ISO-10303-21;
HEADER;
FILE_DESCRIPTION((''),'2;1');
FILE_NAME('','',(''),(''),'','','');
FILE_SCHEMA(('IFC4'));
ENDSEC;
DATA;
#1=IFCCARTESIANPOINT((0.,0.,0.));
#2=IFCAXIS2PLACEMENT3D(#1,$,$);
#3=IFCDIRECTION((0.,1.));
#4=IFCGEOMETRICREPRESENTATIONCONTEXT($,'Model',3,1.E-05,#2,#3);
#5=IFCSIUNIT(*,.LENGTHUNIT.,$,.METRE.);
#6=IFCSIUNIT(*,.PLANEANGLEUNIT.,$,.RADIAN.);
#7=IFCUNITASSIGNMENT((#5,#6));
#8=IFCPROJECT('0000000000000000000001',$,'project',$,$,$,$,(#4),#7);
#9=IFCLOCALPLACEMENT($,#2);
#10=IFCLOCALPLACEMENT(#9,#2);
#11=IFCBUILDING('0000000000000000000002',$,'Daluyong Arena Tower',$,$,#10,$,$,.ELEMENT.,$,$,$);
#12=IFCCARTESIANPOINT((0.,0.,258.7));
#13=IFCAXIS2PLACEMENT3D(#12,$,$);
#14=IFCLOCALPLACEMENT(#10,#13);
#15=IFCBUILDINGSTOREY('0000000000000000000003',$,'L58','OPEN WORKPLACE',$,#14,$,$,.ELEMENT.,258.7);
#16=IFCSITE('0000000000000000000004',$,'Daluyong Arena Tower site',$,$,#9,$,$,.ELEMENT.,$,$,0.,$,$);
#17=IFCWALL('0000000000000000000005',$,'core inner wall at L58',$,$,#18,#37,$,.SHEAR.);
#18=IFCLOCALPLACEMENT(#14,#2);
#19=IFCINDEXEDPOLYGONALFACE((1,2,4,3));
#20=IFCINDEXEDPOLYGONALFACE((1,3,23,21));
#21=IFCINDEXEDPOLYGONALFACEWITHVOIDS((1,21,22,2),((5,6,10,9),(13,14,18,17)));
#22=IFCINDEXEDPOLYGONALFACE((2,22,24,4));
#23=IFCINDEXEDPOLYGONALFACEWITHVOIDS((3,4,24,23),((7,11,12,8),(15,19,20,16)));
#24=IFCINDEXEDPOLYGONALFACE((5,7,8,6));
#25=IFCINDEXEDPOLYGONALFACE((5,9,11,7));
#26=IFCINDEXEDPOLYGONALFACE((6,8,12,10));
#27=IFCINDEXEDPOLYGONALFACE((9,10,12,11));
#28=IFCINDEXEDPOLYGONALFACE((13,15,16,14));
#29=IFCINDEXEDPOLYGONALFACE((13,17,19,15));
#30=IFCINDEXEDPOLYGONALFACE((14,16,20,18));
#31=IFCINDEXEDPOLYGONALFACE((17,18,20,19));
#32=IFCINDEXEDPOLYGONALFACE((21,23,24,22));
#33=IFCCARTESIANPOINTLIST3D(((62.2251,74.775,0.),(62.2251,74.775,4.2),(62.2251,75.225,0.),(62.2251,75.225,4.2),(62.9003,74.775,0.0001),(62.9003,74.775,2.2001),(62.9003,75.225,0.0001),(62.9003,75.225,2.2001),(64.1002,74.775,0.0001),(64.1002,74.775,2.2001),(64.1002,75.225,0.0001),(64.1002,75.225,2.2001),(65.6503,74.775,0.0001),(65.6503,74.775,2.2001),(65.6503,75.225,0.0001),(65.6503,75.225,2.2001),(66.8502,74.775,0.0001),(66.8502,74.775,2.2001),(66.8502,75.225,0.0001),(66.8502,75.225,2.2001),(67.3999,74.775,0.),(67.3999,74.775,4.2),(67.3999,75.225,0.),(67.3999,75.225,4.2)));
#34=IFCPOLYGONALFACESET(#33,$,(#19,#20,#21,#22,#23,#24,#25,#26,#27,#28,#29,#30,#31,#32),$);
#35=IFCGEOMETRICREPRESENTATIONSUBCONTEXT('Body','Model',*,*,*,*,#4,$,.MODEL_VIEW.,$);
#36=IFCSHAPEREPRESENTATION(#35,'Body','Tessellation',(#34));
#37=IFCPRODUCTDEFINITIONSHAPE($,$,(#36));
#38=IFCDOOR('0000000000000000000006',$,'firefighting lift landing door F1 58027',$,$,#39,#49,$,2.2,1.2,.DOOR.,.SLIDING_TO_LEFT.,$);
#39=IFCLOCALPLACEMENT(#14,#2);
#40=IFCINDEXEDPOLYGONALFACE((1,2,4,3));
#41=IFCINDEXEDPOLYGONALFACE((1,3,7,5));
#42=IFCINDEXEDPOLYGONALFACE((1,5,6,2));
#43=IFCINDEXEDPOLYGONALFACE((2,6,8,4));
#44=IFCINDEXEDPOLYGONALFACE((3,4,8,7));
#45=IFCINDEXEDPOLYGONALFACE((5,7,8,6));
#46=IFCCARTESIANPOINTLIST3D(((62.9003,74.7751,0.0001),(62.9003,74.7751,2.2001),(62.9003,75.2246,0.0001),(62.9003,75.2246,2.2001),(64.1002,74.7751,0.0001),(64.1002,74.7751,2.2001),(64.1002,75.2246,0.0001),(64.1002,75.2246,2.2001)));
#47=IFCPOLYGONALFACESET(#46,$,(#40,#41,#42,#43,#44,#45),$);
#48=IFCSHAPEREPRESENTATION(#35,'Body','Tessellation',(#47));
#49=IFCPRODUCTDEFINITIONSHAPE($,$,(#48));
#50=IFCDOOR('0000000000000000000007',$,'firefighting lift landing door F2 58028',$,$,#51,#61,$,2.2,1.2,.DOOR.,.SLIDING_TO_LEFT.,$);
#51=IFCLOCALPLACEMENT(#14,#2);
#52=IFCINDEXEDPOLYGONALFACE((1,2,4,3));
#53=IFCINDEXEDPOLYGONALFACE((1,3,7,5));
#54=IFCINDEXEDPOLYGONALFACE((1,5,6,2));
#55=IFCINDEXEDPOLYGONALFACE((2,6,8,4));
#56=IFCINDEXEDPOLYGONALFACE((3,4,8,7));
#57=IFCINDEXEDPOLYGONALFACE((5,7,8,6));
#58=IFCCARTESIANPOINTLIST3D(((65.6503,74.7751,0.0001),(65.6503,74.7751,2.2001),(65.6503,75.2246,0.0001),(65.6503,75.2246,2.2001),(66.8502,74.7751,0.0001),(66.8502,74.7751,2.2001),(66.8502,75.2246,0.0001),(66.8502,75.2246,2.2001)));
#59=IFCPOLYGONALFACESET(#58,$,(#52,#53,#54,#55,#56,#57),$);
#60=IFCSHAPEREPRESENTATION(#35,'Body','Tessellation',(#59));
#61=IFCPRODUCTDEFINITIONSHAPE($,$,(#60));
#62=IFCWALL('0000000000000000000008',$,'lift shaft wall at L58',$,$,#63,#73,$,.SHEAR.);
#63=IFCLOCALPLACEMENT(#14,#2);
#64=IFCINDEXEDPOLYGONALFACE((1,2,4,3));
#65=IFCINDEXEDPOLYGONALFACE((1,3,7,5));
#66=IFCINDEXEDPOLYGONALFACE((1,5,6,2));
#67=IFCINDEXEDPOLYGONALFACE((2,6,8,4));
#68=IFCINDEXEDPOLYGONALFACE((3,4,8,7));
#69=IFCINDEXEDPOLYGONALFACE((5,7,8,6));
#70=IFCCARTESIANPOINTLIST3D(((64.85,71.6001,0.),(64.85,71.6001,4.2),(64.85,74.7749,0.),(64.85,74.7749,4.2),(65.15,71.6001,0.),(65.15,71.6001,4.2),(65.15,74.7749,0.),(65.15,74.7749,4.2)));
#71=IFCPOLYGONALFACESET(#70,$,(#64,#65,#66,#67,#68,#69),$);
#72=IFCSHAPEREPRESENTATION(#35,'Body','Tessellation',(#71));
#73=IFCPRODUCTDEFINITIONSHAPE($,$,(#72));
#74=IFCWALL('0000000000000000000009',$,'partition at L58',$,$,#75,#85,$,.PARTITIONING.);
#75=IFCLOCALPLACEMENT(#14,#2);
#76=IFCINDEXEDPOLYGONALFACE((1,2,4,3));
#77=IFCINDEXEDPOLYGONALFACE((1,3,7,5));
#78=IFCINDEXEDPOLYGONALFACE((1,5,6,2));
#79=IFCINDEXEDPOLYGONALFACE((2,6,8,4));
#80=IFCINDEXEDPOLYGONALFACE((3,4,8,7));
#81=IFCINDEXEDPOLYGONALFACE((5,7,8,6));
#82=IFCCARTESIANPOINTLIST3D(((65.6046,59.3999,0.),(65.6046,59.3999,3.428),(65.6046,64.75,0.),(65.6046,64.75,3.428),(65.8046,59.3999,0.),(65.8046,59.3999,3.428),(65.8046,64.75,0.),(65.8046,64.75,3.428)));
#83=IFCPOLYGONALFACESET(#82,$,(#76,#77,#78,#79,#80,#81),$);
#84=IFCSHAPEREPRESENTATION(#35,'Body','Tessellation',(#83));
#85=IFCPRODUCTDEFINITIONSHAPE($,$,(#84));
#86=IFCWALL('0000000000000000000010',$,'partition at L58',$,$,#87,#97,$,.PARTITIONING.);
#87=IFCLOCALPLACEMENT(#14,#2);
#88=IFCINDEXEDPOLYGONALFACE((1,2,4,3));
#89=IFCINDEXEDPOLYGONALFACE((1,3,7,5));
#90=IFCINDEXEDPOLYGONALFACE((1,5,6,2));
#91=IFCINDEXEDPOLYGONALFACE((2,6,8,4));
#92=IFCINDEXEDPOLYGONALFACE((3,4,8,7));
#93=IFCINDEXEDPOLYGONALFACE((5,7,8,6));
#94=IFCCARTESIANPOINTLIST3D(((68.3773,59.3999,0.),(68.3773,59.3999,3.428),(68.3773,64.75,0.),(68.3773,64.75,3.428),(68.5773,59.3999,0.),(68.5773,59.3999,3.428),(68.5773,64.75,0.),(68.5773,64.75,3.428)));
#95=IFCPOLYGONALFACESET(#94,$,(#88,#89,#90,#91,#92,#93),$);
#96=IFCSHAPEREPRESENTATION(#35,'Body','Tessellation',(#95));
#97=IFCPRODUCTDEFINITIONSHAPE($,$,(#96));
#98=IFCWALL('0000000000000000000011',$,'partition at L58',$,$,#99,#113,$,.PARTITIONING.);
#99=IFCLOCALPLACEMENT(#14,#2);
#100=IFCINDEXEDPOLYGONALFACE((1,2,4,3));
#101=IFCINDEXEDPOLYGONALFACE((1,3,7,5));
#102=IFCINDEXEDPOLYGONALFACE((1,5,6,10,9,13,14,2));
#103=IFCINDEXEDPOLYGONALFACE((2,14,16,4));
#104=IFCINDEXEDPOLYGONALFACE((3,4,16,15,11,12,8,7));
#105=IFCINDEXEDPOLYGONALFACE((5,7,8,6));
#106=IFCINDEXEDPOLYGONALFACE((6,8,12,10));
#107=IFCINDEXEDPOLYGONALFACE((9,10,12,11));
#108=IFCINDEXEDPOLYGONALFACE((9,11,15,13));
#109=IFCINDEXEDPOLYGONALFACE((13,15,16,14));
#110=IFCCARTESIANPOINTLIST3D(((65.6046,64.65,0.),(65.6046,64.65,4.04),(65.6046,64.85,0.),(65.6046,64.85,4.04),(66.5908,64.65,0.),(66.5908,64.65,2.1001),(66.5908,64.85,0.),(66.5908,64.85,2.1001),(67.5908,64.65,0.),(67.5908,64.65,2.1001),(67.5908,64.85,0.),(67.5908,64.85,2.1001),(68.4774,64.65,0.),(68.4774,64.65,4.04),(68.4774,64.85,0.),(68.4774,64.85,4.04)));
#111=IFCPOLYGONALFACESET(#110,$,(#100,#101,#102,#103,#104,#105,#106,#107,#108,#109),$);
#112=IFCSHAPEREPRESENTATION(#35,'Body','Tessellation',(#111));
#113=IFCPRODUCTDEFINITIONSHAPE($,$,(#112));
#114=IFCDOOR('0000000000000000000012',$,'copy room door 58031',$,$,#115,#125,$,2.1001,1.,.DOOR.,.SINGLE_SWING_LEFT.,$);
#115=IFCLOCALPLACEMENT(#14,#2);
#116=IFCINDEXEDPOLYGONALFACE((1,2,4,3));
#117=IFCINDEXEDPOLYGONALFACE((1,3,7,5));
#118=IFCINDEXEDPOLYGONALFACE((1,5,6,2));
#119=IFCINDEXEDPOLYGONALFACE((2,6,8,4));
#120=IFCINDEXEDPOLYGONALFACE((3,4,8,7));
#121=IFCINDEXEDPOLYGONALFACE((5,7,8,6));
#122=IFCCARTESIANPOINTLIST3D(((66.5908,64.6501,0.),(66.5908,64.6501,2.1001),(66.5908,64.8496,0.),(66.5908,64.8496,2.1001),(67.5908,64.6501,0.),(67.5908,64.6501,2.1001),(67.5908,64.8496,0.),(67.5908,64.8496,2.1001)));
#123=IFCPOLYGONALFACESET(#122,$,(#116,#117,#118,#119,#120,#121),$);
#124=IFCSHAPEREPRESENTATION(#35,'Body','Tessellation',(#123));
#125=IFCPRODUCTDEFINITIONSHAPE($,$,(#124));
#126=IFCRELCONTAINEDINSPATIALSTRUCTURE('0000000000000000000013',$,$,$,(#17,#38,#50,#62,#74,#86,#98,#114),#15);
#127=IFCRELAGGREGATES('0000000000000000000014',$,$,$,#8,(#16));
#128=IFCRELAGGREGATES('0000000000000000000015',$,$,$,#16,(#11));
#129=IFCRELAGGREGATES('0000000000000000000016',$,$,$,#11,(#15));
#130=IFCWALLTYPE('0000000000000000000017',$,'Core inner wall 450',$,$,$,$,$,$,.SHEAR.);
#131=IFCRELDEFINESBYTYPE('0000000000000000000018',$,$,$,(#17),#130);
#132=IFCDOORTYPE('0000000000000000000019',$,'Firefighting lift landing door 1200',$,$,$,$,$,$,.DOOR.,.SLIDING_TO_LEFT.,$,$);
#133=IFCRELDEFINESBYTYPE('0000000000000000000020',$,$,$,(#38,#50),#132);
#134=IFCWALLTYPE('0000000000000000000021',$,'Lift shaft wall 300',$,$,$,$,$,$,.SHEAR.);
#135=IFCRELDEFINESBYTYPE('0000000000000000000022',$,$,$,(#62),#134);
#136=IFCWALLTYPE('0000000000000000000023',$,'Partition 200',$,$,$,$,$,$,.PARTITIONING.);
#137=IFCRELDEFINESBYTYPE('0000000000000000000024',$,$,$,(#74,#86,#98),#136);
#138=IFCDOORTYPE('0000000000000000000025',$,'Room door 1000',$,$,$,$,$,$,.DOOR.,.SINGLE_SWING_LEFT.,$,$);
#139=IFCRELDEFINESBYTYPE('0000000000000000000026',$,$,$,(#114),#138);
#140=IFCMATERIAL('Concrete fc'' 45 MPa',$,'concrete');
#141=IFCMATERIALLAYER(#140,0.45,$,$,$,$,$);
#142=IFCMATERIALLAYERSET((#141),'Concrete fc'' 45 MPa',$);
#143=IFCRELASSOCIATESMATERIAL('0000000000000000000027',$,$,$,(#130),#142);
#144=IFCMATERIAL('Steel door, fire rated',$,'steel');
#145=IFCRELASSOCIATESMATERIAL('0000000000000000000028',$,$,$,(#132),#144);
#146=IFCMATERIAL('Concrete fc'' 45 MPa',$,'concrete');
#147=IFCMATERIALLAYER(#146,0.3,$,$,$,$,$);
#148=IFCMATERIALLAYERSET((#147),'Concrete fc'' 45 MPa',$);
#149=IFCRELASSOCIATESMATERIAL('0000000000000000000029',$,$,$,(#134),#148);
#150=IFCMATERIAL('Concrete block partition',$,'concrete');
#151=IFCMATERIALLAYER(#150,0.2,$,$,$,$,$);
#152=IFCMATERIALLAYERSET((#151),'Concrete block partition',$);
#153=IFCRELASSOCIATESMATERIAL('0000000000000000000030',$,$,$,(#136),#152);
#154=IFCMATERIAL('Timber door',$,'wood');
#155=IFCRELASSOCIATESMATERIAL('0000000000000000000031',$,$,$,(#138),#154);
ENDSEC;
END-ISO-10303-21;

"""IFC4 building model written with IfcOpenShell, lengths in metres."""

from ifc_helpers import new_model, si_unit, direction, frame, frame_2d, origin, place, context, subcontext, project, spatial, rectangle, extrude, material, layer, layer_set, type_object, element, fill, save


model = new_model("IFC4")

# Units and contexts
model_context = context("Model", 3, precision=1e-05, world=origin(), true_north=direction((0.0, 1.0)))
body_context = subcontext(model_context, "Body", "Model", "MODEL_VIEW")
ifc_project = project(units=[si_unit("LENGTHUNIT", "METRE"), si_unit("PLANEANGLEUNIT", "RADIAN")], contexts=[model_context])

# Site, building, storey
site_placement = place(None, origin())
site = spatial("IfcSite", under=ifc_project, at=site_placement, Name="Daluyong Arena Tower site", CompositionType="ELEMENT", RefElevation=0.0)
building_placement = place(site_placement, origin())
building = spatial("IfcBuilding", under=site, at=building_placement, Name="Daluyong Arena Tower", CompositionType="ELEMENT")
storey_placement = place(building_placement, frame((0.0, 0.0, 258.7)))
storey = spatial("IfcBuildingStorey", under=building, at=storey_placement, Name="L58", Description="OPEN WORKPLACE", CompositionType="ELEMENT", Elevation=258.7)

# Shared definitions
ifc_material_1 = material(Name="Concrete fc' 45 MPa", Category="concrete")
ifc_layer_1 = layer(ifc_material_1, 0.45)
ifc_layer_set_1 = layer_set([ifc_layer_1], Name="Concrete fc' 45 MPa")
wall_type_1 = type_object("IfcWallType", Name="Core inner wall 450", PredefinedType="SHEAR", material=ifc_layer_set_1)

# Wall, openings, doors
wall_1_placement = place(storey_placement, frame((62.2251, 75.0, 0.0), z_axis=(0.0, 0.0, 1.0), x_axis=(1.0, 0.0, 0.0)))
wall_1 = element("IfcWall", 1, at=wall_1_placement, inside=storey, type_object=wall_type_1, Name="core inner wall at L58", PredefinedType="SHEAR", context=body_context, shape_type="SweptSolid", body=[
    extrude(rectangle(XDim=5.1748, YDim=0.45, at=frame_2d((2.5874, 0.0))), origin(), (0.0, 0.0, 1.0), 4.2),
])
opening_1_placement = place(wall_1_placement, frame((0.675, 0.0, 0.0)))
opening_1 = element("IfcOpeningElement", 2, at=opening_1_placement, cuts=wall_1, PredefinedType="OPENING", context=body_context, shape_type="SweptSolid", body=[
    extrude(rectangle(XDim=1.2, YDim=2.2, at=frame_2d((0.6001, 1.1001))), frame((0.0, 0.2349, 0.0), z_axis=(0.0, -1.0, 0.0), x_axis=(1.0, 0.0, 0.0)), (0.0, 0.0, 1.0), 0.47),
])
opening_2_placement = place(wall_1_placement, frame((3.425, 0.0, 0.0)))
opening_2 = element("IfcOpeningElement", 3, at=opening_2_placement, cuts=wall_1, PredefinedType="OPENING", context=body_context, shape_type="SweptSolid", body=[
    extrude(rectangle(XDim=1.2, YDim=2.2, at=frame_2d((0.6001, 1.1001))), frame((0.0, 0.2349, 0.0), z_axis=(0.0, -1.0, 0.0), x_axis=(1.0, 0.0, 0.0)), (0.0, 0.0, 1.0), 0.47),
])
ifc_material_2 = material(Name="Steel door, fire rated", Category="steel")
door_type_1 = type_object("IfcDoorType", Name="Firefighting lift landing door 1200", OperationType="SLIDING_TO_LEFT", PredefinedType="DOOR", material=ifc_material_2)
door_1_placement = place(opening_1_placement, origin())
door_1 = element("IfcDoor", 4, at=door_1_placement, inside=storey, type_object=door_type_1, Name="firefighting lift landing door F1 58027", OperationType="SLIDING_TO_LEFT", OverallHeight=2.2, OverallWidth=1.2, PredefinedType="DOOR", context=body_context, shape_type="SweptSolid", body=[
    extrude(rectangle(XDim=1.2, YDim=2.2, at=frame_2d((0.6001, 1.1001))), frame((0.0, 0.2246, 0.0), z_axis=(0.0, -1.0, 0.0), x_axis=(1.0, 0.0, 0.0)), (0.0, 0.0, 1.0), 0.4495),
])
fill(opening_1, door_1)
door_2_placement = place(opening_2_placement, origin())
door_2 = element("IfcDoor", 5, at=door_2_placement, inside=storey, type_object=door_type_1, Name="firefighting lift landing door F2 58028", OperationType="SLIDING_TO_LEFT", OverallHeight=2.2, OverallWidth=1.2, PredefinedType="DOOR", context=body_context, shape_type="SweptSolid", body=[
    extrude(rectangle(XDim=1.2, YDim=2.2, at=frame_2d((0.6001, 1.1001))), frame((0.0, 0.2246, 0.0), z_axis=(0.0, -1.0, 0.0), x_axis=(1.0, 0.0, 0.0)), (0.0, 0.0, 1.0), 0.4495),
])
fill(opening_2, door_2)

# Walls
ifc_material_3 = material(Name="Concrete fc' 45 MPa", Category="concrete")
ifc_layer_2 = layer(ifc_material_3, 0.3)
ifc_layer_set_2 = layer_set([ifc_layer_2], Name="Concrete fc' 45 MPa")
wall_type_2 = type_object("IfcWallType", Name="Lift shaft wall 300", PredefinedType="SHEAR", material=ifc_layer_set_2)
wall_2_placement = place(storey_placement, frame((65.0, 71.6001, 0.0), z_axis=(0.0, 0.0, 1.0), x_axis=(0.0, 1.0, 0.0)))
element("IfcWall", 6, at=wall_2_placement, inside=storey, type_object=wall_type_2, Name="lift shaft wall at L58", PredefinedType="SHEAR", context=body_context, shape_type="SweptSolid", body=[
    extrude(rectangle(XDim=3.1748, YDim=0.3, at=frame_2d((1.5874, 0.0))), origin(), (0.0, 0.0, 1.0), 4.2),
])
ifc_material_4 = material(Name="Concrete block partition", Category="concrete")
ifc_layer_3 = layer(ifc_material_4, 0.2)
ifc_layer_set_3 = layer_set([ifc_layer_3], Name="Concrete block partition")
wall_type_3 = type_object("IfcWallType", Name="Partition 200", PredefinedType="PARTITIONING", material=ifc_layer_set_3)
for number, where, z_axis, x_axis, name in (
    (7, (65.7046, 59.3999, 0.0), (0.0, 0.0, 1.0), (0.0, 1.0, 0.0), "partition at L58"),
    (8, (68.4773, 59.3999, 0.0), (0.0, 0.0, 1.0), (0.0, 1.0, 0.0), "partition at L58"),
):
    element("IfcWall", number, at=place(storey_placement, frame(where, z_axis=z_axis, x_axis=x_axis)), inside=storey, type_object=wall_type_3, Name=name, PredefinedType="PARTITIONING", context=body_context, shape_type="SweptSolid", body=[
        extrude(rectangle(XDim=5.3501, YDim=0.2, at=frame_2d((2.675, 0.0))), origin(), (0.0, 0.0, 1.0), 3.428),
    ])

# Wall, opening, door
wall_3_placement = place(storey_placement, frame((65.6045, 64.75, 0.0), z_axis=(0.0, 0.0, 1.0), x_axis=(1.0, 0.0, 0.0)))
wall_3 = element("IfcWall", 9, at=wall_3_placement, inside=storey, type_object=wall_type_3, Name="partition at L58", PredefinedType="PARTITIONING", context=body_context, shape_type="SweptSolid", body=[
    extrude(rectangle(XDim=2.8728, YDim=0.2, at=frame_2d((1.4365, 0.0))), origin(), (0.0, 0.0, 1.0), 4.04),
])
opening_3_placement = place(wall_3_placement, frame((0.9863, 0.0, 0.0)))
opening_3 = element("IfcOpeningElement", 10, at=opening_3_placement, cuts=wall_3, PredefinedType="OPENING", context=body_context, shape_type="SweptSolid", body=[
    extrude(rectangle(XDim=1.0, YDim=2.1001, at=frame_2d((0.5, 1.05))), frame((0.0, 0.1099, 0.0), z_axis=(0.0, -1.0, 0.0), x_axis=(1.0, 0.0, 0.0)), (0.0, 0.0, 1.0), 0.22),
])
ifc_material_5 = material(Name="Timber door", Category="wood")
door_type_2 = type_object("IfcDoorType", Name="Room door 1000", OperationType="SINGLE_SWING_LEFT", PredefinedType="DOOR", material=ifc_material_5)
door_3_placement = place(opening_3_placement, origin())
door_3 = element("IfcDoor", 11, at=door_3_placement, inside=storey, type_object=door_type_2, Name="copy room door 58031", OperationType="SINGLE_SWING_LEFT", OverallHeight=2.1001, OverallWidth=1.0, PredefinedType="DOOR", context=body_context, shape_type="SweptSolid", body=[
    extrude(rectangle(XDim=1.0, YDim=2.1001, at=frame_2d((0.5, 1.05))), frame((0.0, 0.0996, 0.0), z_axis=(0.0, -1.0, 0.0), x_axis=(1.0, 0.0, 0.0)), (0.0, 0.0, 1.0), 0.1995),
])
fill(opening_3, door_3)

save(model, "model.ifc")
